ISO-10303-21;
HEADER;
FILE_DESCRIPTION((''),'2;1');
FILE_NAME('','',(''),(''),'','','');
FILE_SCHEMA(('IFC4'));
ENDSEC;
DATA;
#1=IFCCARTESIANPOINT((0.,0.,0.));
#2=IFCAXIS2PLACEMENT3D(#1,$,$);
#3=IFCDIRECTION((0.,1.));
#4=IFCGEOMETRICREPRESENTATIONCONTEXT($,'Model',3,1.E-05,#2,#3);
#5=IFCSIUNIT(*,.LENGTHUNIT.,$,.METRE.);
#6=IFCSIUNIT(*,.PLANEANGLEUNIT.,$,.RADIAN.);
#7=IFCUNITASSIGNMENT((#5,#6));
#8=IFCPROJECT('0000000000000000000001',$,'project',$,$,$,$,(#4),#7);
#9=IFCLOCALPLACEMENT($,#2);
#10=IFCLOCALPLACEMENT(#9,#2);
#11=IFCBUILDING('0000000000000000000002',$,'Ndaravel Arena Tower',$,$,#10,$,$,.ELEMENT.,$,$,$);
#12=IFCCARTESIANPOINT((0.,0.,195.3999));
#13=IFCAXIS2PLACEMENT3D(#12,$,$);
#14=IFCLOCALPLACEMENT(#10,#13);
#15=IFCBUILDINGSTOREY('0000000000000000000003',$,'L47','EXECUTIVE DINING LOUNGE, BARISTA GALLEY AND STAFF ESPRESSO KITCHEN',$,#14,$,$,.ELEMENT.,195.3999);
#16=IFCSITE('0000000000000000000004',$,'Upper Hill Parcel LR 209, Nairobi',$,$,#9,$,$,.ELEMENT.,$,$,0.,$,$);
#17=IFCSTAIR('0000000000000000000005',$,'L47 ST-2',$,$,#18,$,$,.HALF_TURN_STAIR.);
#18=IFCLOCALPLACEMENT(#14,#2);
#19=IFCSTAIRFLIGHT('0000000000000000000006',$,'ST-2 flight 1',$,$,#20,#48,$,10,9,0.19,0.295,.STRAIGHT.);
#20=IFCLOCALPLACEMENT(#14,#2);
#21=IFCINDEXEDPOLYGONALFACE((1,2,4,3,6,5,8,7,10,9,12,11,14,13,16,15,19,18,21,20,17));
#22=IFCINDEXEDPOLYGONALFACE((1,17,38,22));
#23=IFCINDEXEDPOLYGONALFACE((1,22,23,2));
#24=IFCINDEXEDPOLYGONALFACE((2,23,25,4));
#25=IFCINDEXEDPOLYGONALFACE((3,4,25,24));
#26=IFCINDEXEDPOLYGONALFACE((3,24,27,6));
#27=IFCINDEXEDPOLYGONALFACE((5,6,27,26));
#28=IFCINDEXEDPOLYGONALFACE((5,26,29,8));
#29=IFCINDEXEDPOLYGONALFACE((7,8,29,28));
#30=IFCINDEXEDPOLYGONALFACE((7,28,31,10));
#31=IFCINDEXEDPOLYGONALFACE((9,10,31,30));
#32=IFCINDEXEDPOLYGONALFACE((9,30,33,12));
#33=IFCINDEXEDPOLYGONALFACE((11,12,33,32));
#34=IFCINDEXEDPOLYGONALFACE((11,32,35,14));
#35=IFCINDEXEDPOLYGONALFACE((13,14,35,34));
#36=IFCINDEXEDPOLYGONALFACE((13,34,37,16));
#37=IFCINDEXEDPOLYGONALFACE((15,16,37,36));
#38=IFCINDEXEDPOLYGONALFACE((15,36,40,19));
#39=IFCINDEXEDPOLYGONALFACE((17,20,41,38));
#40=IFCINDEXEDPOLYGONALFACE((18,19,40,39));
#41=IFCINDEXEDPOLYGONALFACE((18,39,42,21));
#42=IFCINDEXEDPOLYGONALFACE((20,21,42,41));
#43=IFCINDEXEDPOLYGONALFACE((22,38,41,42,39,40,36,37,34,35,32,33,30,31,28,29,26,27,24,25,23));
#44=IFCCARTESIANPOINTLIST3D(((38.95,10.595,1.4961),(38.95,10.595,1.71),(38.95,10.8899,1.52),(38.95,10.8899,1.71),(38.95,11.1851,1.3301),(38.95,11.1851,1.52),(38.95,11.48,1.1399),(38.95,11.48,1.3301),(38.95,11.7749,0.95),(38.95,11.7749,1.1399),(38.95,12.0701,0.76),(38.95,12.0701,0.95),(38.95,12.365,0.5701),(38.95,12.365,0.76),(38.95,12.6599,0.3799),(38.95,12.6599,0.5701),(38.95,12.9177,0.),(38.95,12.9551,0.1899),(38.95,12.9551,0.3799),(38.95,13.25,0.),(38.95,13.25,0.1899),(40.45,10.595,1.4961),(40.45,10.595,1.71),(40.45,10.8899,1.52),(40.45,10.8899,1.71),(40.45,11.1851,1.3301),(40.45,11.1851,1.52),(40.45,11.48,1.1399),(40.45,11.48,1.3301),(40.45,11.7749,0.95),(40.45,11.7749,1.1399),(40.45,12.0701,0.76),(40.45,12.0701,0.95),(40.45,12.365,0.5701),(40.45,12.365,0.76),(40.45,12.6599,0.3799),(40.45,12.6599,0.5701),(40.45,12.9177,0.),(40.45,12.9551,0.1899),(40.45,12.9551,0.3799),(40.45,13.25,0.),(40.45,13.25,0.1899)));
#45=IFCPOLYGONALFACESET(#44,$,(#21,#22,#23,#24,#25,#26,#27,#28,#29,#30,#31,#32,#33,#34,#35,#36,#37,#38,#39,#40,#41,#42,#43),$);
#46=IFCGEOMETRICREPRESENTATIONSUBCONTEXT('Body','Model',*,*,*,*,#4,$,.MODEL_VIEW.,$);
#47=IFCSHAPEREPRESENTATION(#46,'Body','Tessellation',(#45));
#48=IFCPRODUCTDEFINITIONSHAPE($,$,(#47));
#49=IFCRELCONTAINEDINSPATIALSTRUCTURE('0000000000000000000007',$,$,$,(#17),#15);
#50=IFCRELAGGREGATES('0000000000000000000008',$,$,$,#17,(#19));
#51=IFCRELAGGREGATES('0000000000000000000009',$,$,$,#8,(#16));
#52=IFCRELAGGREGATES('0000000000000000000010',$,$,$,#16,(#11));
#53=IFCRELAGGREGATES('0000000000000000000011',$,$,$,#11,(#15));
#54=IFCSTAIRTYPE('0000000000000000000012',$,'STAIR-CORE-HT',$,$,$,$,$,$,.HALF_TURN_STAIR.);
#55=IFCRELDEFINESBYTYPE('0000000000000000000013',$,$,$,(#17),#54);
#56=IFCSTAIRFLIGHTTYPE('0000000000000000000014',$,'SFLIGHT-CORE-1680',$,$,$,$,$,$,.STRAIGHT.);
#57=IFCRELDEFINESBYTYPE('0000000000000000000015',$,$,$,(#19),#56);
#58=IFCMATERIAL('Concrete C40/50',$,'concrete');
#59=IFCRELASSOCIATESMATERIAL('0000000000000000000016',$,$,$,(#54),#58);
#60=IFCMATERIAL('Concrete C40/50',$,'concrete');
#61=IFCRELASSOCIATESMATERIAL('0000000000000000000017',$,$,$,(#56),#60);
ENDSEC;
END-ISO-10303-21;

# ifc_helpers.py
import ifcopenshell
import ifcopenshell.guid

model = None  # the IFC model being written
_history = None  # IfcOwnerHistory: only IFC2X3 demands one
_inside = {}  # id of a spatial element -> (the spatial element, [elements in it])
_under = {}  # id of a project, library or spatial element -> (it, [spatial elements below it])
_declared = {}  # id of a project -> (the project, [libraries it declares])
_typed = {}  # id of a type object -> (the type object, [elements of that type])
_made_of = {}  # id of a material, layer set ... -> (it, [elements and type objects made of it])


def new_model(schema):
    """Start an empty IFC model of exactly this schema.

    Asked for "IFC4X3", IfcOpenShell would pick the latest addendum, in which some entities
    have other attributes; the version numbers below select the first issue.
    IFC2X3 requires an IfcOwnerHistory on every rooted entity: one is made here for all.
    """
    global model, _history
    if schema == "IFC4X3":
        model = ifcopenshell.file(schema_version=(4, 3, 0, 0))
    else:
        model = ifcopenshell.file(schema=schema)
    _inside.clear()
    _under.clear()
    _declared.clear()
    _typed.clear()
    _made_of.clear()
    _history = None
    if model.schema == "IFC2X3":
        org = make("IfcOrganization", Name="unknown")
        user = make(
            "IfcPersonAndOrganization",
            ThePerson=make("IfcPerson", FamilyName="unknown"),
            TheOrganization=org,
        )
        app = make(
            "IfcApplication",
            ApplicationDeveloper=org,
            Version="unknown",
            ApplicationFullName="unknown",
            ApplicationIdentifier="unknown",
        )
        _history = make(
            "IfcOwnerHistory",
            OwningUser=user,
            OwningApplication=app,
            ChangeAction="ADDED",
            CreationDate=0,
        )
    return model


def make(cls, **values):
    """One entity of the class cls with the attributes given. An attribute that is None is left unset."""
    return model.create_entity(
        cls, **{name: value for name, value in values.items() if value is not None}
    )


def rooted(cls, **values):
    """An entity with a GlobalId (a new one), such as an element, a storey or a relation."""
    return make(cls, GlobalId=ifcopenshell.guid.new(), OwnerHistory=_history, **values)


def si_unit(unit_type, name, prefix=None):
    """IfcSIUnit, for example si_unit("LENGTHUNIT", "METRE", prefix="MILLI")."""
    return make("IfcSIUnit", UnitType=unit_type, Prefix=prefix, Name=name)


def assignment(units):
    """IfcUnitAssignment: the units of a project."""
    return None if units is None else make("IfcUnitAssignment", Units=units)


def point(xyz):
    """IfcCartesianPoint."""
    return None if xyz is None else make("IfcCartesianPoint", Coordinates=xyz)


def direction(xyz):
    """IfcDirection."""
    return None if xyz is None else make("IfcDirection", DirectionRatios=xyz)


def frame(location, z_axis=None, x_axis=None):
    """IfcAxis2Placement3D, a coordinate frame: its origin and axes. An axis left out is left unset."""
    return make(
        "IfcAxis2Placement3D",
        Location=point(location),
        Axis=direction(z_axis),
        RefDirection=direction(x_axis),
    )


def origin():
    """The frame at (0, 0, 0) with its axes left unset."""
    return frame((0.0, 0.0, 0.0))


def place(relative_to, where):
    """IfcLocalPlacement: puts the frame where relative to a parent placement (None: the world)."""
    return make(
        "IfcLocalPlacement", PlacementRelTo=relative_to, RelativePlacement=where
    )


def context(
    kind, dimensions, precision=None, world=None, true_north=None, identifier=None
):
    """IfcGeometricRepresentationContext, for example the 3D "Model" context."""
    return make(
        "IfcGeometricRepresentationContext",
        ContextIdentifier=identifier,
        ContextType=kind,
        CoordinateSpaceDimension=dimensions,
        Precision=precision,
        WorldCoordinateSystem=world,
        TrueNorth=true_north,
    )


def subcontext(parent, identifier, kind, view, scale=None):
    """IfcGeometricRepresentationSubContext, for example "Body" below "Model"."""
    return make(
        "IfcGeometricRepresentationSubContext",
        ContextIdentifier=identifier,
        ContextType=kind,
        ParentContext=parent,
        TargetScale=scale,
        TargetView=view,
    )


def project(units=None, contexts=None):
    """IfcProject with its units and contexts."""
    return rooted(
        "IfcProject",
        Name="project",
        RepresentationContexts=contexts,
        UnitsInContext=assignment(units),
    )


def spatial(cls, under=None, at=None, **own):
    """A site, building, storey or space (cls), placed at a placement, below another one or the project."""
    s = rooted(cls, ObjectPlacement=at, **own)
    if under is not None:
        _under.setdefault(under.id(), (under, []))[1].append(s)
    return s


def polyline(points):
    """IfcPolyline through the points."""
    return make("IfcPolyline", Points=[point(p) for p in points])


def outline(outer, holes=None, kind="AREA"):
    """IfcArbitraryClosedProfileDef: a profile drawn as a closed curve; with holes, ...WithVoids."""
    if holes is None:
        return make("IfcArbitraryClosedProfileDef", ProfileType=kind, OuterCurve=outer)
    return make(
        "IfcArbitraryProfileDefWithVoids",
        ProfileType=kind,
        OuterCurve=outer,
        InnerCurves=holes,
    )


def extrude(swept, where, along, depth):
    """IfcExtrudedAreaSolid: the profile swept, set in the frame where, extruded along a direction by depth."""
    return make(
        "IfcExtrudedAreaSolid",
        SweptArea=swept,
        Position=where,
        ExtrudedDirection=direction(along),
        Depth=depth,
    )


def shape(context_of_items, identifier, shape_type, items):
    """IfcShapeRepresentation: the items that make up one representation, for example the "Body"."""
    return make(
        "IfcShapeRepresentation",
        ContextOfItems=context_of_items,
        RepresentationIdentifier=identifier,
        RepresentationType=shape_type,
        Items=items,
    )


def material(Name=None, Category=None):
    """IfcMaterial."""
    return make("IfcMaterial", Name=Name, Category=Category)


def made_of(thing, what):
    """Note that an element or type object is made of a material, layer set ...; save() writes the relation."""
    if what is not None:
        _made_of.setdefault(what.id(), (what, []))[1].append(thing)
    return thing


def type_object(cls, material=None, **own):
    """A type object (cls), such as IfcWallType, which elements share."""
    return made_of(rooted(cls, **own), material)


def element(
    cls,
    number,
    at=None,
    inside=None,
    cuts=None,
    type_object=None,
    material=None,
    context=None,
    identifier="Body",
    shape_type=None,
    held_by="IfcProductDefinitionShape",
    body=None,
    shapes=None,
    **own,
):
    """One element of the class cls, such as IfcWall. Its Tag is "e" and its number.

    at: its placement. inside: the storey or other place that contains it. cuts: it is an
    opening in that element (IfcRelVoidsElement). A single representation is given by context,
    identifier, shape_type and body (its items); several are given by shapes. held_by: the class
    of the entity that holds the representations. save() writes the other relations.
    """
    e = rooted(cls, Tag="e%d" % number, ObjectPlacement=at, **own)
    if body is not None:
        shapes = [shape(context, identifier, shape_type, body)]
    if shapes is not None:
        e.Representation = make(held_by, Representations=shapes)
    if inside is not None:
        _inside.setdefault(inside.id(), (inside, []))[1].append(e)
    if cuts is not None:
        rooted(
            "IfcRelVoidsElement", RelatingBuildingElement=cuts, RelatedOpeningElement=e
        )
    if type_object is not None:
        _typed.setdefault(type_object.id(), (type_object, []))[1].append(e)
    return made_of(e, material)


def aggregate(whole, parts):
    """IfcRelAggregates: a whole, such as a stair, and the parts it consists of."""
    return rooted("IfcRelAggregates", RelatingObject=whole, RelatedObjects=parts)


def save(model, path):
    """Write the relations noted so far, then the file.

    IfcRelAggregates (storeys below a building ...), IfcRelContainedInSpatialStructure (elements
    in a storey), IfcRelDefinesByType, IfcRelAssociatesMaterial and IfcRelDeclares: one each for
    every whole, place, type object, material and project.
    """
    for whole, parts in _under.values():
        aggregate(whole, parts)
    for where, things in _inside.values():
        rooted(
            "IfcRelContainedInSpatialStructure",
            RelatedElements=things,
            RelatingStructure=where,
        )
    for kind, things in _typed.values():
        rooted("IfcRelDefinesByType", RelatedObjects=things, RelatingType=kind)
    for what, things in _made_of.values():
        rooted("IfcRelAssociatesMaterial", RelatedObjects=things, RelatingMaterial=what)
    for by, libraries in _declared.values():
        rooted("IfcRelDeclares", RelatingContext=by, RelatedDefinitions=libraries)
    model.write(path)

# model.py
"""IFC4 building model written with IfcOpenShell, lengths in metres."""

from ifc_helpers import new_model, si_unit, direction, frame, origin, place, context, subcontext, project, spatial, polyline, outline, extrude, material, type_object, element, aggregate, save


model = new_model("IFC4")

# Units and contexts
model_context = context("Model", 3, precision=1e-05, world=origin(), true_north=direction((0.0, 1.0)))
body_context = subcontext(model_context, "Body", "Model", "MODEL_VIEW")
ifc_project = project(units=[si_unit("LENGTHUNIT", "METRE"), si_unit("PLANEANGLEUNIT", "RADIAN")], contexts=[model_context])

# Site, building, storey
site_placement = place(None, origin())
site = spatial("IfcSite", under=ifc_project, at=site_placement, Name="Upper Hill Parcel LR 209, Nairobi", CompositionType="ELEMENT", RefElevation=0.0)
building_placement = place(site_placement, origin())
building = spatial("IfcBuilding", under=site, at=building_placement, Name="Ndaravel Arena Tower", CompositionType="ELEMENT")
storey_placement = place(building_placement, frame((0.0, 0.0, 195.3999)))
storey = spatial("IfcBuildingStorey", under=building, at=storey_placement, Name="L47", Description="EXECUTIVE DINING LOUNGE, BARISTA GALLEY AND STAFF ESPRESSO KITCHEN", CompositionType="ELEMENT", Elevation=195.3999)

# Stair, stair flight
ifc_material_1 = material(Name="Concrete C40/50", Category="concrete")
stair_type = type_object("IfcStairType", Name="STAIR-CORE-HT", PredefinedType="HALF_TURN_STAIR", material=ifc_material_1)
stair_placement = place(storey_placement, origin())
stair = element("IfcStair", 1, at=stair_placement, inside=storey, type_object=stair_type, Name="L47 ST-2", PredefinedType="HALF_TURN_STAIR")
ifc_material_2 = material(Name="Concrete C40/50", Category="concrete")
stair_flight_type = type_object("IfcStairFlightType", Name="SFLIGHT-CORE-1680", PredefinedType="STRAIGHT", material=ifc_material_2)
stair_flight_placement = place(storey_placement, frame((39.7, 13.25, 0.0), z_axis=(0.0, 0.0, 1.0), x_axis=(0.0, -1.0, 0.0)))
stair_flight = element("IfcStairFlight", 2, at=stair_flight_placement, type_object=stair_flight_type, Name="ST-2 flight 1", NumberOfRisers=10, NumberOfTreads=9, PredefinedType="STRAIGHT", RiserHeight=0.19, TreadLength=0.295, context=body_context, shape_type="SweptSolid", body=[
    extrude(outline(polyline([(0.0, 0.0), (0.0, 0.1899), (0.2949, 0.1899), (0.2949, 0.3799), (0.5901, 0.3799), (0.5901, 0.5701), (0.885, 0.5701), (0.885, 0.76), (1.1799, 0.76), (1.1799, 0.95), (1.4751, 0.95), (1.4751, 1.1399), (1.77, 1.1399), (1.77, 1.3301), (2.0649, 1.3301), (2.0649, 1.52), (2.3601, 1.52), (2.3601, 1.71), (2.655, 1.71), (2.655, 1.8999), (2.655, 1.4961), (0.3323, 0.0), (0.0, 0.0)])), frame((0.0, 0.75, 0.0), z_axis=(0.0, -1.0, 0.0), x_axis=(1.0, 0.0, 0.0)), (0.0, 0.0, 1.0), 1.5),
])
aggregate(stair, [stair_flight])

save(model, "model.ifc")
